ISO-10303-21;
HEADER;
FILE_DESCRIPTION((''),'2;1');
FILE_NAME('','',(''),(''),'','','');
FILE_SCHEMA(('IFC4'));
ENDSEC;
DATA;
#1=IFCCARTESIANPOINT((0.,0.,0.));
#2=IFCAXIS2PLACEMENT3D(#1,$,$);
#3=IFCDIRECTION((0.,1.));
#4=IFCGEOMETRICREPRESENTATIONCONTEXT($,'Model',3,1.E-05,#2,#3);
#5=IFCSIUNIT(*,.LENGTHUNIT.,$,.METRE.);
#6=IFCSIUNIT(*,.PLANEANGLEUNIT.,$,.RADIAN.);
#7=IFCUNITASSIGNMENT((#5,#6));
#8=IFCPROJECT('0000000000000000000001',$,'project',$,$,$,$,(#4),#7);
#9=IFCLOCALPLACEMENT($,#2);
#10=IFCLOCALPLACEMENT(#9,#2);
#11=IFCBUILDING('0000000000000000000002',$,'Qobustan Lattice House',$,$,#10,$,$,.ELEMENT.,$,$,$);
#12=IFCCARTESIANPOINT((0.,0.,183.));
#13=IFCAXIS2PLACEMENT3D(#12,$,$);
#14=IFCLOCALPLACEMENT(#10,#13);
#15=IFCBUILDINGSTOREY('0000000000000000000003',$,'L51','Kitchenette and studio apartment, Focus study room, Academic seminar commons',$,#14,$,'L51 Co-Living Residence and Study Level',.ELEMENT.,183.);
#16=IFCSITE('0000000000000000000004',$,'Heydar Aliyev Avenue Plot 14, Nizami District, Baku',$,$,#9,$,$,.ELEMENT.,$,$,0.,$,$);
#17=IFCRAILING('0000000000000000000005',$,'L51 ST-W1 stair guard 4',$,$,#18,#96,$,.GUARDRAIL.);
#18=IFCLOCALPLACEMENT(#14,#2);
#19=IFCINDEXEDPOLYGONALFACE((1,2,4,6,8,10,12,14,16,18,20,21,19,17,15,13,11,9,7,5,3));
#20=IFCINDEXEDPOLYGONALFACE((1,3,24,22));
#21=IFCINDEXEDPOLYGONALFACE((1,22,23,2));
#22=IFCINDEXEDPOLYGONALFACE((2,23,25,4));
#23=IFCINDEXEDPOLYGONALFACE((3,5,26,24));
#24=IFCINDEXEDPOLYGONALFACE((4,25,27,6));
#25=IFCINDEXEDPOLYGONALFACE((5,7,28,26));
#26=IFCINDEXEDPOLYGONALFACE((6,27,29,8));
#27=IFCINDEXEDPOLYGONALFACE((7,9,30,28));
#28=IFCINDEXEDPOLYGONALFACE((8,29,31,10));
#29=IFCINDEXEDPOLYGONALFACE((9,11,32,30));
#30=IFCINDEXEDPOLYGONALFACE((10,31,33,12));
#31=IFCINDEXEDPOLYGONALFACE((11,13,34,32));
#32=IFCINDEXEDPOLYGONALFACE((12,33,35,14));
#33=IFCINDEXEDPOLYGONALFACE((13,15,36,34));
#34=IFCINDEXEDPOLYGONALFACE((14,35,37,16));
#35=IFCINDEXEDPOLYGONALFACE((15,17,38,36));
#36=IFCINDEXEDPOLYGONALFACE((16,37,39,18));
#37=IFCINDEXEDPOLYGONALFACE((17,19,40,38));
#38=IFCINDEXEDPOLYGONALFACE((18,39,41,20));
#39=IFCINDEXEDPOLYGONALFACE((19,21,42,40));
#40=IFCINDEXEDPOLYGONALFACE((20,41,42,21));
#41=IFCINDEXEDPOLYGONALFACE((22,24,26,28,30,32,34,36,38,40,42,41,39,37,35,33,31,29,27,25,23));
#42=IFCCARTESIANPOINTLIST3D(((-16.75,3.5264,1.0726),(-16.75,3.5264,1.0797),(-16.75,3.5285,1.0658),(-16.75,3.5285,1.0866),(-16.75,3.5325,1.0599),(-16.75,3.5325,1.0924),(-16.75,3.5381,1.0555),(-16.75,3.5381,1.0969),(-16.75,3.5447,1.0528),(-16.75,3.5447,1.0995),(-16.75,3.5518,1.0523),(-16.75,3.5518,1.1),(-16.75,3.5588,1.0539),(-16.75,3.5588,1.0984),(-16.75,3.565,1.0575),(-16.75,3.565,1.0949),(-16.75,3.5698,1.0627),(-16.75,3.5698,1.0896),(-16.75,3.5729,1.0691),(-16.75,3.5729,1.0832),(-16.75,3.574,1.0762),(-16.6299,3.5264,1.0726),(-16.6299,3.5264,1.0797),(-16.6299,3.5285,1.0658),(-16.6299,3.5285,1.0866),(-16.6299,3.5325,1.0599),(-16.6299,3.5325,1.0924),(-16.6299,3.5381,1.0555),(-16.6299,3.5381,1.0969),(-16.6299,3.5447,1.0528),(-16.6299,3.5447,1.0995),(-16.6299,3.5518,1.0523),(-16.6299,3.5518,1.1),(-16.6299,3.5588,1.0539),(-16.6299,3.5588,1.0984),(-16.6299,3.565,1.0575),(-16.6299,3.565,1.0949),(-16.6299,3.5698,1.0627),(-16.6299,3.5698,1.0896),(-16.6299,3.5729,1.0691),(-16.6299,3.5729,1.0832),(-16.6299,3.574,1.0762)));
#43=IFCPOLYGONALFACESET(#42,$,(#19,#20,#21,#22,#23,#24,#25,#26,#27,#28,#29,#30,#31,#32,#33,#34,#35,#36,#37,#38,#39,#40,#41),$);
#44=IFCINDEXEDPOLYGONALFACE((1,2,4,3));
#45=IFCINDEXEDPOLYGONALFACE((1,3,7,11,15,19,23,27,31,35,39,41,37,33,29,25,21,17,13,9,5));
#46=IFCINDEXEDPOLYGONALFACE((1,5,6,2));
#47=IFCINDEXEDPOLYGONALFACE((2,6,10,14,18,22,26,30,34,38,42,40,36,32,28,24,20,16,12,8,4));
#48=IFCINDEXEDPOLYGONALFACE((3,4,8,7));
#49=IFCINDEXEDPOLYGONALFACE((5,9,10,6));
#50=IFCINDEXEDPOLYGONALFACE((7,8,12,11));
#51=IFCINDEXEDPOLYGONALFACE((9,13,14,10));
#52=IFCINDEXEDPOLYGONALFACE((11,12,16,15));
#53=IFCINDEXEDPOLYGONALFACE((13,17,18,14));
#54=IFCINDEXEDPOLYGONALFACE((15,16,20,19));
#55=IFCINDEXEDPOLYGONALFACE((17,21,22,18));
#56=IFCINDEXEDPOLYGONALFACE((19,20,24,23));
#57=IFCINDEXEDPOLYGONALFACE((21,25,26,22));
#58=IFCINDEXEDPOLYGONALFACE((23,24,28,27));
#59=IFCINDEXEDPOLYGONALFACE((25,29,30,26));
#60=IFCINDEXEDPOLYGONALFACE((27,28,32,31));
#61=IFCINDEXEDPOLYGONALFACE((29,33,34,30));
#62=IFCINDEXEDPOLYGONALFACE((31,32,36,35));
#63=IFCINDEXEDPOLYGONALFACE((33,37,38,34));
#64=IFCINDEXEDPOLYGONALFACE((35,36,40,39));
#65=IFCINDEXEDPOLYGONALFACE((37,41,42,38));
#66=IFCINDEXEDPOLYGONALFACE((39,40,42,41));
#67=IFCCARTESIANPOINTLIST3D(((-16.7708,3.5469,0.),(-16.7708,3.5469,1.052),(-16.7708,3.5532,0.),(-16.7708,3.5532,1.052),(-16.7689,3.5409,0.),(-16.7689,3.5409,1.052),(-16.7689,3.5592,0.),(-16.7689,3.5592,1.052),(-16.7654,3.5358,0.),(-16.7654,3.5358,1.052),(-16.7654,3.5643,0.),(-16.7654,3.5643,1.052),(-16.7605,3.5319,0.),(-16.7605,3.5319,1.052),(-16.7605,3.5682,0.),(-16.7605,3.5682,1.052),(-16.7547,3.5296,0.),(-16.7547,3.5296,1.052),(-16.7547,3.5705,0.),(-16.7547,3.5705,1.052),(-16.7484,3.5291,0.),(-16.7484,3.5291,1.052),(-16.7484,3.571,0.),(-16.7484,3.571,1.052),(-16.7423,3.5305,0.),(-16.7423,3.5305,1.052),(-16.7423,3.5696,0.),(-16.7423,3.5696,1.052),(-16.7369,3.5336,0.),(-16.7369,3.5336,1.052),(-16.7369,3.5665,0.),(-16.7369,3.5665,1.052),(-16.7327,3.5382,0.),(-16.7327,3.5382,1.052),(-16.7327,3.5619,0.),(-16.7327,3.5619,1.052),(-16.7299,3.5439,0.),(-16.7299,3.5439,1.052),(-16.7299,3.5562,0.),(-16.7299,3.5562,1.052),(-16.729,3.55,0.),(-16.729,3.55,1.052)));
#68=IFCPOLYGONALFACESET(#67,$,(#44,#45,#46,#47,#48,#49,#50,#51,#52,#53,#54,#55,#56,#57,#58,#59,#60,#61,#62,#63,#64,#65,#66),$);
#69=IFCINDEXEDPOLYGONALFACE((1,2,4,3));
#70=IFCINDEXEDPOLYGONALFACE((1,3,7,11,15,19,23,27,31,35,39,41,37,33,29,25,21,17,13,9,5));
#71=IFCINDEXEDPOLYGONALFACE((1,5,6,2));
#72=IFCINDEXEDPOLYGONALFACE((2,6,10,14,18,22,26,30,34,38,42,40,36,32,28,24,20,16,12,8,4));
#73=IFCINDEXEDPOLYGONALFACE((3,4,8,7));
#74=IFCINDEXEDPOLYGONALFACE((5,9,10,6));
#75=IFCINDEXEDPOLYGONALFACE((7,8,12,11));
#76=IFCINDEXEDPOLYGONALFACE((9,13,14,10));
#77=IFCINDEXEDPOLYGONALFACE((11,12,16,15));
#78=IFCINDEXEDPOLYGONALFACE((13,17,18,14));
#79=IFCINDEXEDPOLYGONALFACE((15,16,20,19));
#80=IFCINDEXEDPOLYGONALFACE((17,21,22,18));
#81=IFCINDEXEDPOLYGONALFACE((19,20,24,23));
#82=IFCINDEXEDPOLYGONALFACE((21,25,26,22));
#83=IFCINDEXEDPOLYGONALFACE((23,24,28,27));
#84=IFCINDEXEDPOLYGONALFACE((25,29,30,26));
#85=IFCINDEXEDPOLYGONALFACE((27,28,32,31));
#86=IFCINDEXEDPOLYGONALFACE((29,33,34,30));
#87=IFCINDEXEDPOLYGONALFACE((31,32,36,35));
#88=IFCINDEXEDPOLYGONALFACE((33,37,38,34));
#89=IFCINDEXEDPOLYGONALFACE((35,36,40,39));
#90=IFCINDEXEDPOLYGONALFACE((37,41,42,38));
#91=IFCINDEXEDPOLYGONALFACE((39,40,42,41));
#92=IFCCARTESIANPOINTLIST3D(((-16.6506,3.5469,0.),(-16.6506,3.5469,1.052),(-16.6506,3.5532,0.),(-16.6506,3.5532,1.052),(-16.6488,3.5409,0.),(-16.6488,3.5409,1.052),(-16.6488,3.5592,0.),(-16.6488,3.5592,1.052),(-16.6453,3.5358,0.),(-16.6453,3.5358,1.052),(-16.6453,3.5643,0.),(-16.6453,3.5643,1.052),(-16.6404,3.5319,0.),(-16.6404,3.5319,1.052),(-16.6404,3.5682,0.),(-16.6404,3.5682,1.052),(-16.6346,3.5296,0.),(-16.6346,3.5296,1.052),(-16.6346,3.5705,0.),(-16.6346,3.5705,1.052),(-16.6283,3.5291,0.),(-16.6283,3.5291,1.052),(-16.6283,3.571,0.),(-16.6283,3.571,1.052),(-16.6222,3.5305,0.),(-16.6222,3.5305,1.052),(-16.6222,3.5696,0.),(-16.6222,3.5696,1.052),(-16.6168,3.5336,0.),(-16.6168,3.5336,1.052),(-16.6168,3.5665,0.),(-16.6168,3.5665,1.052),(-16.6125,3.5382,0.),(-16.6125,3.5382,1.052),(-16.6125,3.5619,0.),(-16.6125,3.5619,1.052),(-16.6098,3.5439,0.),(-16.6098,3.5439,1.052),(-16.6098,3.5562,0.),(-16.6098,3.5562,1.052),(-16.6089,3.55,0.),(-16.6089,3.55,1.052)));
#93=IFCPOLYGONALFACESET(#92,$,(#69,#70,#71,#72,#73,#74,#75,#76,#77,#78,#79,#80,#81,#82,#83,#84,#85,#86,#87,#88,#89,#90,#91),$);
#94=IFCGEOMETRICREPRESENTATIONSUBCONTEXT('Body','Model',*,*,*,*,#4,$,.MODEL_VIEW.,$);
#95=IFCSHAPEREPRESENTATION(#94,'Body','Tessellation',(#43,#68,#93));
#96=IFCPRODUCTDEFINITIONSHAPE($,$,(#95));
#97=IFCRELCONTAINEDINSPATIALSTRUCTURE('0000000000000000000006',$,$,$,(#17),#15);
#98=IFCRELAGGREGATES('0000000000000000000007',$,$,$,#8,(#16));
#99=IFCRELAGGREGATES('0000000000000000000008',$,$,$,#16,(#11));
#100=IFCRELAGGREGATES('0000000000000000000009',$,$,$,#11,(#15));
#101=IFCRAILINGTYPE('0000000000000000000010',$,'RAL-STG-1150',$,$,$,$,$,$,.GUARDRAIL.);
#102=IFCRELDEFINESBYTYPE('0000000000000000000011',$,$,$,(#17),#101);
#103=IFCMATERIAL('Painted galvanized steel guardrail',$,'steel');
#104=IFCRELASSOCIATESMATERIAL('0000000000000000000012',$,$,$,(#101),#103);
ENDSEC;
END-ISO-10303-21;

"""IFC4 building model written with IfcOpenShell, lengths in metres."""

from ifc_helpers import new_model, si_unit, direction, frame, origin, origin_2d, place, context, subcontext, project, spatial, circle, extrude, material, type_object, element, save


model = new_model("IFC4")

# Units and contexts
model_context = context("Model", 3, precision=1e-05, world=origin(), true_north=direction((0.0, 1.0)))
body_context = subcontext(model_context, "Body", "Model", "MODEL_VIEW")
ifc_project = project(units=[si_unit("LENGTHUNIT", "METRE"), si_unit("PLANEANGLEUNIT", "RADIAN")], contexts=[model_context])

# Site, building, storey
site_placement = place(None, origin())
site = spatial("IfcSite", under=ifc_project, at=site_placement, Name="Heydar Aliyev Avenue Plot 14, Nizami District, Baku", CompositionType="ELEMENT", RefElevation=0.0)
building_placement = place(site_placement, origin())
building = spatial("IfcBuilding", under=site, at=building_placement, Name="Qobustan Lattice House", CompositionType="ELEMENT")
storey_placement = place(building_placement, frame((0.0, 0.0, 183.0)))
storey = spatial("IfcBuildingStorey", under=building, at=storey_placement, Name="L51", Description="Kitchenette and studio apartment, Focus study room, Academic seminar commons", LongName="L51 Co-Living Residence and Study Level", CompositionType="ELEMENT", Elevation=183.0)

# Railing
ifc_material_1 = material(Name="Painted galvanized steel guardrail", Category="steel")
railing_type = type_object("IfcRailingType", Name="RAL-STG-1150", PredefinedType="GUARDRAIL", material=ifc_material_1)
railing_1_placement = place(storey_placement, frame((-16.75, 3.55, 0.0)))
element("IfcRailing", 1, at=railing_1_placement, inside=storey, type_object=railing_type, Name="L51 ST-W1 stair guard 4", PredefinedType="GUARDRAIL", context=body_context, shape_type="SweptSolid", body=[
    extrude(circle(Radius=0.0239, at=origin_2d()), frame((0.0, 0.0, 1.0762), z_axis=(1.0, 0.0, 0.0), x_axis=(0.0, 1.0, 0.0)), (0.0, 0.0, 1.0), 0.1201),
    extrude(circle(Radius=0.021, at=origin_2d()), origin(), (0.0, 0.0, 1.0), 1.052),
    extrude(circle(Radius=0.021, at=origin_2d()), frame((0.1201, 0.0, 0.0)), (0.0, 0.0, 1.0), 1.052),
])

save(model, "model.ifc")
